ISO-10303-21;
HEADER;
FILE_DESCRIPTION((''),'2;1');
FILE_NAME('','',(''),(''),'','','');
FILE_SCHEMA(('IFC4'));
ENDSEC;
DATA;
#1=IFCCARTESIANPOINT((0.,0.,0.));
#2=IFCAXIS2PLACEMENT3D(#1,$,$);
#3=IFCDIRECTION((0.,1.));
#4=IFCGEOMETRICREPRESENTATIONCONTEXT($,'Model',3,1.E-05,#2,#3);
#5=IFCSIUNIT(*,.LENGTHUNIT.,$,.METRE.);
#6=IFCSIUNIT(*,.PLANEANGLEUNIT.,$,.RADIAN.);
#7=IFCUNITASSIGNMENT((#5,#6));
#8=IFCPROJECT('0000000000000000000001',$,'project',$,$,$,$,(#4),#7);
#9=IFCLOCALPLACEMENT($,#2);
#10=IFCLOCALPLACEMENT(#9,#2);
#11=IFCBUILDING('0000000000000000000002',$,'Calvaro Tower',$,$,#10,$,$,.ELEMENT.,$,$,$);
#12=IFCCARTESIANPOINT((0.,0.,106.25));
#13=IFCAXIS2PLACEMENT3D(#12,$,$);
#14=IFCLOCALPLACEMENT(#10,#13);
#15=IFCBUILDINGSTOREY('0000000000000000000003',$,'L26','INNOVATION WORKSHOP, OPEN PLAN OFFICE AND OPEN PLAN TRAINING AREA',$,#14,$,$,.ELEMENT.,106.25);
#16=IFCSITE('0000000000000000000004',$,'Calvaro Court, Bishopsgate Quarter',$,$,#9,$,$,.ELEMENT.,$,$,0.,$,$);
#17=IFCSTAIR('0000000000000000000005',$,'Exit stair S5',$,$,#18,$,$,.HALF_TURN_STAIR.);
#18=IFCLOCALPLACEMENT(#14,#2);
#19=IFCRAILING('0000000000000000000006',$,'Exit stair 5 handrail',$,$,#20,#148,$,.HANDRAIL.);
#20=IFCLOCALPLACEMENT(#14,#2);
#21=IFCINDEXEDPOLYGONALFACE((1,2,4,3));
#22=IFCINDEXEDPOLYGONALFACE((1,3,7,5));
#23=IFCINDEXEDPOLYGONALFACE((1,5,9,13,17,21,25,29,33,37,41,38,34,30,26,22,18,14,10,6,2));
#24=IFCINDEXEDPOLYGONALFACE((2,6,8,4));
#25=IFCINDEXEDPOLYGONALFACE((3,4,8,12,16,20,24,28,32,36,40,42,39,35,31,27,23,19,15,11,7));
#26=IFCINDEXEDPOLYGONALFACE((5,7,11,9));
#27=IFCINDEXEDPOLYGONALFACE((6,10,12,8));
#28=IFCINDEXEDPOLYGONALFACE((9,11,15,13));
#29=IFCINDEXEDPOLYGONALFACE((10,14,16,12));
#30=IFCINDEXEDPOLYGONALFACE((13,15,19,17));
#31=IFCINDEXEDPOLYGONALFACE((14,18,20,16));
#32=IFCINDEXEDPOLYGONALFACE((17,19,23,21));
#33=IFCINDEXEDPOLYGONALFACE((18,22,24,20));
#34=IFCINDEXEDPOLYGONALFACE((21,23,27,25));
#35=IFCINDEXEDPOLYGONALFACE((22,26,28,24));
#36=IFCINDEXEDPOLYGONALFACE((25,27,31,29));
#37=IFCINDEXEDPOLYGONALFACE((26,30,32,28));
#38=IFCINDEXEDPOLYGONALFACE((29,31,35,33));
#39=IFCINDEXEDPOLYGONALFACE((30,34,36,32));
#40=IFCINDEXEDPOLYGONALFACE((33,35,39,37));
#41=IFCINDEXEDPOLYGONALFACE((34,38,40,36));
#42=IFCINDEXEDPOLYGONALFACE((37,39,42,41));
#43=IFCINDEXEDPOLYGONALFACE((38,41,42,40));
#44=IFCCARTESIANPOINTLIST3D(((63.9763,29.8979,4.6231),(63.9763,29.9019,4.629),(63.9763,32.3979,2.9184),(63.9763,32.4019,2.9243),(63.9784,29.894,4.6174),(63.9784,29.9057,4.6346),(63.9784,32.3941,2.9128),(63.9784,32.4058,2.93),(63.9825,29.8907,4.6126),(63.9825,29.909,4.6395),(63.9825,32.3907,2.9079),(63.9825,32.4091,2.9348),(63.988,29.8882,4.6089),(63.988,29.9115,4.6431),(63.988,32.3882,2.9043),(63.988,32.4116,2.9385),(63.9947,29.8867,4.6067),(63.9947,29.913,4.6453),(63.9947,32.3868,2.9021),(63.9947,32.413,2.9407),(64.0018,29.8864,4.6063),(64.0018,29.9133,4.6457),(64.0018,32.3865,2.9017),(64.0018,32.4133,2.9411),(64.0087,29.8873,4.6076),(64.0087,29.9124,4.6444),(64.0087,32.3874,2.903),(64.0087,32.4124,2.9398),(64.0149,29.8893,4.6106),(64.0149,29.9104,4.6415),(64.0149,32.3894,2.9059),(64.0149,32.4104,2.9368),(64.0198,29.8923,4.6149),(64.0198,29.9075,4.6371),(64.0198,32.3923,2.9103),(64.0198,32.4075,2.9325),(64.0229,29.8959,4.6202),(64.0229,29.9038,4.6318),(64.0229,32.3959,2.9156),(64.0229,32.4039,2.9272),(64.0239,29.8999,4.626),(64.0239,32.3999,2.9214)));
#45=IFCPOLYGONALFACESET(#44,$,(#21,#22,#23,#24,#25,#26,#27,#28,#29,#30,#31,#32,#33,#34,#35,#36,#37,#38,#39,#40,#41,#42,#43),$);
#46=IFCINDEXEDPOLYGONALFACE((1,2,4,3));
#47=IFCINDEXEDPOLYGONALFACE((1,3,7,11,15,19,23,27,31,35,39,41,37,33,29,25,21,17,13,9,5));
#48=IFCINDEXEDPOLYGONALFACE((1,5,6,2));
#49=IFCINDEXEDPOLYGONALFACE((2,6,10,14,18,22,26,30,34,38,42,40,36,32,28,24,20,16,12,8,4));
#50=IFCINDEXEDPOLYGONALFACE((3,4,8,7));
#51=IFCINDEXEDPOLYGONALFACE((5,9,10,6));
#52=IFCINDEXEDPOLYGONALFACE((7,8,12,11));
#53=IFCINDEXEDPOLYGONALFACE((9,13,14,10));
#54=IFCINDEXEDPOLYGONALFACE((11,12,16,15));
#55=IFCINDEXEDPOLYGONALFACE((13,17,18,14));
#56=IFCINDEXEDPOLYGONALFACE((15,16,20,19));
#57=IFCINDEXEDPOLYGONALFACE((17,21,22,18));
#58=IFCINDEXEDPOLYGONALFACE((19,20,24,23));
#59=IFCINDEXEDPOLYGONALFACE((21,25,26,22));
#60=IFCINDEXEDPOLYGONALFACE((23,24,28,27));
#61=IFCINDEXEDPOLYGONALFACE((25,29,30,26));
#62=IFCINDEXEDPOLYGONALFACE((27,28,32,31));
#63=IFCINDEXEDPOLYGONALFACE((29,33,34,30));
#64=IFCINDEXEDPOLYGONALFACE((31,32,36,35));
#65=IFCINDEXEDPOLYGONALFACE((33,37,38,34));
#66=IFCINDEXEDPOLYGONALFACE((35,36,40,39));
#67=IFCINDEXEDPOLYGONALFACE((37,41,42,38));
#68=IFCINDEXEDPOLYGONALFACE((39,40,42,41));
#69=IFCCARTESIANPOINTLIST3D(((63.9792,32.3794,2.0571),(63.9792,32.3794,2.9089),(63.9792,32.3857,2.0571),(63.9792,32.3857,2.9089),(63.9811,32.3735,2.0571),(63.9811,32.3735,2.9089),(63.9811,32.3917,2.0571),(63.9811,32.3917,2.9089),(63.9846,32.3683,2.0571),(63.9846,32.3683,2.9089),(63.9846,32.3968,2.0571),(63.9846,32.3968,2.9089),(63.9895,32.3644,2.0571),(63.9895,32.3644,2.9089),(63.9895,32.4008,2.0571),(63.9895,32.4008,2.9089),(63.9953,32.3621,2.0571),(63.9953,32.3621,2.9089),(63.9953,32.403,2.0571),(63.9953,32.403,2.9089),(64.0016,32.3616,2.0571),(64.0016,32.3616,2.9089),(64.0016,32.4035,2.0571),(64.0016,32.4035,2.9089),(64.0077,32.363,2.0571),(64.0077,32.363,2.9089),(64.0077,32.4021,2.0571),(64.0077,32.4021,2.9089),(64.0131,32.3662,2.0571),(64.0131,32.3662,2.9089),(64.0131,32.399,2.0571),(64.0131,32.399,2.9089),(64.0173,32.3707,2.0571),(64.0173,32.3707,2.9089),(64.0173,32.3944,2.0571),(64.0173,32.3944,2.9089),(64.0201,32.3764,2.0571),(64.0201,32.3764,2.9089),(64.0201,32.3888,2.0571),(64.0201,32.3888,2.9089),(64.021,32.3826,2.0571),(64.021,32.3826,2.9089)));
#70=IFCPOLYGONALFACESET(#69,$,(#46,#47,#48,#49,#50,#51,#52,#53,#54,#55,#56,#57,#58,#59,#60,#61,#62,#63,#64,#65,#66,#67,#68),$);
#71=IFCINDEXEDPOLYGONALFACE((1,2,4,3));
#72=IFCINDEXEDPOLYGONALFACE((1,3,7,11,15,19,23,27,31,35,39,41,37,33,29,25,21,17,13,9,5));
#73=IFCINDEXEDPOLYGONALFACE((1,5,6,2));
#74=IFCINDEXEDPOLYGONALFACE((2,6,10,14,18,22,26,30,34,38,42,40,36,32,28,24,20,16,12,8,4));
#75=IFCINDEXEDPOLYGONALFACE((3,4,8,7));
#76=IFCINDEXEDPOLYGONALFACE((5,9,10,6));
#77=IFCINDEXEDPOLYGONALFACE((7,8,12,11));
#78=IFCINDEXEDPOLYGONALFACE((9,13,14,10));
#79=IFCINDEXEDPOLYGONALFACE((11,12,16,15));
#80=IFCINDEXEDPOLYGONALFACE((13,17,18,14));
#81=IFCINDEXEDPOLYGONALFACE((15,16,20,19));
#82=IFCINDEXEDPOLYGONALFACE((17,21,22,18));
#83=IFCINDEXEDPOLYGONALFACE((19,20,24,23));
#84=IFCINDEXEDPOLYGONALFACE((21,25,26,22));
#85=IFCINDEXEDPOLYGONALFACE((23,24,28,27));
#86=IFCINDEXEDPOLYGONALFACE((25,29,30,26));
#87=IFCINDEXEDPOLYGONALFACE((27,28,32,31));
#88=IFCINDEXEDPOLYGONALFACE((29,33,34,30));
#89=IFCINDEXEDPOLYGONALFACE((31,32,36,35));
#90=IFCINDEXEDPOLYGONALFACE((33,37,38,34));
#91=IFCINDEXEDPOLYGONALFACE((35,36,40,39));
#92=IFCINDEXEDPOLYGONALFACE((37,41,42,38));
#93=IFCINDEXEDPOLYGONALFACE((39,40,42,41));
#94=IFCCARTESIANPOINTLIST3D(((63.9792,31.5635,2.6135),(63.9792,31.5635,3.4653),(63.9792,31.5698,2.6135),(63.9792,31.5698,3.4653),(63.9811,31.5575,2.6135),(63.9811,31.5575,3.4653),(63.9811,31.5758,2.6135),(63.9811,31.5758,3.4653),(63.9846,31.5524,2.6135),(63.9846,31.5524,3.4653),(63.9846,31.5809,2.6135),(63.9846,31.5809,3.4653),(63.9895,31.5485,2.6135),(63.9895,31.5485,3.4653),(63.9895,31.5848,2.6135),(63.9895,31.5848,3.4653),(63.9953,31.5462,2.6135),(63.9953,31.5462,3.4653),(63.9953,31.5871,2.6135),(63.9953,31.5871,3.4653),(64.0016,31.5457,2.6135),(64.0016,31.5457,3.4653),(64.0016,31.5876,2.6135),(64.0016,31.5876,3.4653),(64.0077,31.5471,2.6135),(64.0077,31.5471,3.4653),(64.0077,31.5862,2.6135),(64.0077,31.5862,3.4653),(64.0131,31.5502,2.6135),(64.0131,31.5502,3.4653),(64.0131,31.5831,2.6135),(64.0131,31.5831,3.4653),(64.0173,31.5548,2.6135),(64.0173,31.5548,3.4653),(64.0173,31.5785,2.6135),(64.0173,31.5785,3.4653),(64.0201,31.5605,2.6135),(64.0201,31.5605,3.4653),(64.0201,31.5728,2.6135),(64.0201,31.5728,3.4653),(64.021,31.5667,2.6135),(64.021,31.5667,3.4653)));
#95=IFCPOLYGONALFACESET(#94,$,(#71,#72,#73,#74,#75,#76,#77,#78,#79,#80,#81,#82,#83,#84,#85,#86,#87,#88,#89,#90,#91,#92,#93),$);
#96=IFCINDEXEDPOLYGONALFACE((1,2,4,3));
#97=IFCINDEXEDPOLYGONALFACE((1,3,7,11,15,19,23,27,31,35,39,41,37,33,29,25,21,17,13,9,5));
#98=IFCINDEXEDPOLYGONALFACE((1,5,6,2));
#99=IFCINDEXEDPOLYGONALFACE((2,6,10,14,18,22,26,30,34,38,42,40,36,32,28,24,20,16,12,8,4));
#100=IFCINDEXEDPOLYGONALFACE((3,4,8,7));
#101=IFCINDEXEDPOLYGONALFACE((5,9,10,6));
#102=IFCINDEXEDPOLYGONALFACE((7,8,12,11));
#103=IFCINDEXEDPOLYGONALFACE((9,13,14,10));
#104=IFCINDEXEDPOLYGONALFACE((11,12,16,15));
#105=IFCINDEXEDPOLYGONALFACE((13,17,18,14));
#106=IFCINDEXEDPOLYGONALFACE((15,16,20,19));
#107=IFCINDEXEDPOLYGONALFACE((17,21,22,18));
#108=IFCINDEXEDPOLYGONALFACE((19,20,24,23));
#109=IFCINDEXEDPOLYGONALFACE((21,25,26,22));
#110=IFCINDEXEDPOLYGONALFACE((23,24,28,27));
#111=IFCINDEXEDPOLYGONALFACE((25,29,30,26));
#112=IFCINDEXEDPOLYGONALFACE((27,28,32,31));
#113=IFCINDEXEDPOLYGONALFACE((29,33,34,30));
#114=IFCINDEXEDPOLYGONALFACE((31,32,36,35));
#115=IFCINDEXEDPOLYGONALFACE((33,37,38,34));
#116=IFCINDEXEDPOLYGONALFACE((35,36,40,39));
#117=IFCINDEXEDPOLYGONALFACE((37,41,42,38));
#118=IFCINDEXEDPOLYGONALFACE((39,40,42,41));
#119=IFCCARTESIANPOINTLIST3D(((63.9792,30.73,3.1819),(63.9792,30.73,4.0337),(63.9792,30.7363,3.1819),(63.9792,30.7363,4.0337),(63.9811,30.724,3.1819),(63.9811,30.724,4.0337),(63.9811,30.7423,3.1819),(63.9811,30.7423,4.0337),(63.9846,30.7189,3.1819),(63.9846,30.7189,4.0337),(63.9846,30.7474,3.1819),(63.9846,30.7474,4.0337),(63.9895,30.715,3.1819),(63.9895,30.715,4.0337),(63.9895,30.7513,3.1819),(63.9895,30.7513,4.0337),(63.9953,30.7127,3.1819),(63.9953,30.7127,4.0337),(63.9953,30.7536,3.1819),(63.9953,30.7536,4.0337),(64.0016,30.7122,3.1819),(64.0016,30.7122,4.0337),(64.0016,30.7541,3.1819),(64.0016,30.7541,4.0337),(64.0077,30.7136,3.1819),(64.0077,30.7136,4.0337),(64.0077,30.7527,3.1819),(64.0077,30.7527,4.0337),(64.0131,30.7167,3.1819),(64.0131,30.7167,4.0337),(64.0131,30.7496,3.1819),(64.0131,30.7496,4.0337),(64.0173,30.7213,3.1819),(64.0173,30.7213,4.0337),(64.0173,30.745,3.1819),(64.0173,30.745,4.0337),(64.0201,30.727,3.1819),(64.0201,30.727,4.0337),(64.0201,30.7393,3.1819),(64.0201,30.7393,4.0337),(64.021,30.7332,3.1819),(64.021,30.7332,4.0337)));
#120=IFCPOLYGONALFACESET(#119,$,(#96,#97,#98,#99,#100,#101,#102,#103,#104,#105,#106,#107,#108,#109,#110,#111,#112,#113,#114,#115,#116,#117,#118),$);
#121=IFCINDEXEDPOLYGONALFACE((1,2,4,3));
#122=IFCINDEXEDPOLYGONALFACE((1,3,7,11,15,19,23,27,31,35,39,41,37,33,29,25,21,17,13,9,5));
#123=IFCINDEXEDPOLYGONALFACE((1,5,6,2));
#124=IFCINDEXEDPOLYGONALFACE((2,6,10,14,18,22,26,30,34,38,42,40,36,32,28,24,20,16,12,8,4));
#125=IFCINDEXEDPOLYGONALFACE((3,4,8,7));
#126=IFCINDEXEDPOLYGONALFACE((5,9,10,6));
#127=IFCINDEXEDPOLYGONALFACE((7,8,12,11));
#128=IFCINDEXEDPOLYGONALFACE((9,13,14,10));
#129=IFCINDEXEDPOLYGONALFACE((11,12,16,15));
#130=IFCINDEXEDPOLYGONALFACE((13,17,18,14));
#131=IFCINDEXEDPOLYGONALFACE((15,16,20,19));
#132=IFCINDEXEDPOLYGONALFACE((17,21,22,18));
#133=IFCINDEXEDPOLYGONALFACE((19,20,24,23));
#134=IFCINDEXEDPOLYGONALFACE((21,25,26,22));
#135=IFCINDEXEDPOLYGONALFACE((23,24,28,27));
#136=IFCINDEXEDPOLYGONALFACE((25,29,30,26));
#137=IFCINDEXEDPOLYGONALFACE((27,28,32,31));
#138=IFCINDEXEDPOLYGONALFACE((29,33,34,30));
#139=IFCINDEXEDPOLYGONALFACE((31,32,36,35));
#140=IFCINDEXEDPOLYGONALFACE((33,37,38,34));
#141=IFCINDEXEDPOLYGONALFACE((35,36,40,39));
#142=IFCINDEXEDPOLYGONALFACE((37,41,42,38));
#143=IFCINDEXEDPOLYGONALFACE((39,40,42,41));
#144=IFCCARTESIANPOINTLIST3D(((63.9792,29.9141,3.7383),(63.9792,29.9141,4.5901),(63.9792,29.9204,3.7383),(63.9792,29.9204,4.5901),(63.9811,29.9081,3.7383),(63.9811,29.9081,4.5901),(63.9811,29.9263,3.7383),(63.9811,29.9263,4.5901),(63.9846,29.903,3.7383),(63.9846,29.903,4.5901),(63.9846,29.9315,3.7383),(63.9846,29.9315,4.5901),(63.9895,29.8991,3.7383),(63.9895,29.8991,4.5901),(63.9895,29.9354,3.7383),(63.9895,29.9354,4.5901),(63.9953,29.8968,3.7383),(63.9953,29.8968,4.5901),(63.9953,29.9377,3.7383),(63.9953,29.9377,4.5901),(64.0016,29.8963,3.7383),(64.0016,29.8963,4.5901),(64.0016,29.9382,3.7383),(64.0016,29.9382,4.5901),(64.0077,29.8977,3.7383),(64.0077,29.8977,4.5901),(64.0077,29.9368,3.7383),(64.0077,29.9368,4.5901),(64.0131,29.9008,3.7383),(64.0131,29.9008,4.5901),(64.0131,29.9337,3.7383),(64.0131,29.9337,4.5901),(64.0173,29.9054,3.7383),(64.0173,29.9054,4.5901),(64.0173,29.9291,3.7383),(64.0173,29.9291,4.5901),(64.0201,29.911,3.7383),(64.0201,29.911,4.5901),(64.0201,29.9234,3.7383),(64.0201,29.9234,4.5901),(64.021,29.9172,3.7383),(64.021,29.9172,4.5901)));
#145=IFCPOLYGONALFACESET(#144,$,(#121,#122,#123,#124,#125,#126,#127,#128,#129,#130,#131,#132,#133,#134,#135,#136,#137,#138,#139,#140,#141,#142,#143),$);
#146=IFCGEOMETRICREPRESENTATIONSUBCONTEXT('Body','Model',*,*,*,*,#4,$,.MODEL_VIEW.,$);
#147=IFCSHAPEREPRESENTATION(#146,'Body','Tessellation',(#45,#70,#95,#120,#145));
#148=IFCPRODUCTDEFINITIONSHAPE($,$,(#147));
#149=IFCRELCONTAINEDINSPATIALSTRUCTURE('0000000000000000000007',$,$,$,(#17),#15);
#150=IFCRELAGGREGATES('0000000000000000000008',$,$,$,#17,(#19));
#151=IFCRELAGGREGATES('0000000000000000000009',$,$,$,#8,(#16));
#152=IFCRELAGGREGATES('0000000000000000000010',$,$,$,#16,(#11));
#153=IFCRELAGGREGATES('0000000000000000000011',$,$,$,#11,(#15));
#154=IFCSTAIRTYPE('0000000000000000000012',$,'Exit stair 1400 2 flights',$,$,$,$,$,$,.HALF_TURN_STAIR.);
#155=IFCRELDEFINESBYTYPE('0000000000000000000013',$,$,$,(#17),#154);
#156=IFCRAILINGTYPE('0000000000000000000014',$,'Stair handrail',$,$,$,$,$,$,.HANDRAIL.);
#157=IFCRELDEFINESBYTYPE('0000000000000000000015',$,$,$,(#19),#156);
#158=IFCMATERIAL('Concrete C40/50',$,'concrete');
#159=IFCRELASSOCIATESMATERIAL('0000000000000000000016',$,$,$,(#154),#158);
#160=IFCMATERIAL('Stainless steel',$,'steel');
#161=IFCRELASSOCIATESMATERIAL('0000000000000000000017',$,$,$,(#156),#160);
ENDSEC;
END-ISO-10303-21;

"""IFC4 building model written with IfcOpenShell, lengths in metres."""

from ifc_helpers import new_model, si_unit, direction, frame, origin, origin_2d, place, context, subcontext, project, spatial, circle, extrude, material, type_object, element, aggregate, save


model = new_model("IFC4")

# Units and contexts
model_context = context("Model", 3, precision=1e-05, world=origin(), true_north=direction((0.0, 1.0)))
body_context = subcontext(model_context, "Body", "Model", "MODEL_VIEW")
ifc_project = project(units=[si_unit("LENGTHUNIT", "METRE"), si_unit("PLANEANGLEUNIT", "RADIAN")], contexts=[model_context])

# Site, building, storey
site_placement = place(None, origin())
site = spatial("IfcSite", under=ifc_project, at=site_placement, Name="Calvaro Court, Bishopsgate Quarter", CompositionType="ELEMENT", RefElevation=0.0)
building_placement = place(site_placement, origin())
building = spatial("IfcBuilding", under=site, at=building_placement, Name="Calvaro Tower", CompositionType="ELEMENT")
storey_placement = place(building_placement, frame((0.0, 0.0, 106.25)))
storey = spatial("IfcBuildingStorey", under=building, at=storey_placement, Name="L26", Description="INNOVATION WORKSHOP, OPEN PLAN OFFICE AND OPEN PLAN TRAINING AREA", CompositionType="ELEMENT", Elevation=106.25)

# Stair, railing
ifc_material_1 = material(Name="Concrete C40/50", Category="concrete")
stair_type = type_object("IfcStairType", Name="Exit stair 1400 2 flights", PredefinedType="HALF_TURN_STAIR", material=ifc_material_1)
stair_placement = place(storey_placement, origin())
stair = element("IfcStair", 1, at=stair_placement, inside=storey, type_object=stair_type, Name="Exit stair S5", PredefinedType="HALF_TURN_STAIR")
ifc_material_2 = material(Name="Stainless steel", Category="steel")
railing_type = type_object("IfcRailingType", Name="Stair handrail", PredefinedType="HANDRAIL", material=ifc_material_2)
railing_1_placement = place(storey_placement, frame((64.0, 32.3999, 2.0454)))
railing_1 = element("IfcRailing", 2, at=railing_1_placement, type_object=railing_type, Name="Exit stair 5 handrail", PredefinedType="HANDRAIL", context=body_context, shape_type="SweptSolid", body=[
    extrude(circle(Radius=0.0239, at=origin_2d()), frame((0.0, 0.0, 0.876), z_axis=(0.0, -0.826221, 0.563347), x_axis=(1.0, 0.0, 0.0)), (0.0, 0.0, 1.0), 3.0259),
    extrude(circle(Radius=0.021, at=origin_2d()), frame((0.0, -0.0173, 0.0117)), (0.0, 0.0, 1.0), 0.8518),
    extrude(circle(Radius=0.021, at=origin_2d()), frame((0.0, -0.8333, 0.5681)), (0.0, 0.0, 1.0), 0.8518),
    extrude(circle(Radius=0.021, at=origin_2d()), frame((0.0, -1.6667, 1.1365)), (0.0, 0.0, 1.0), 0.8518),
    extrude(circle(Radius=0.021, at=origin_2d()), frame((0.0, -2.4827, 1.6929)), (0.0, 0.0, 1.0), 0.8518),
])
aggregate(stair, [railing_1])

save(model, "model.ifc")
